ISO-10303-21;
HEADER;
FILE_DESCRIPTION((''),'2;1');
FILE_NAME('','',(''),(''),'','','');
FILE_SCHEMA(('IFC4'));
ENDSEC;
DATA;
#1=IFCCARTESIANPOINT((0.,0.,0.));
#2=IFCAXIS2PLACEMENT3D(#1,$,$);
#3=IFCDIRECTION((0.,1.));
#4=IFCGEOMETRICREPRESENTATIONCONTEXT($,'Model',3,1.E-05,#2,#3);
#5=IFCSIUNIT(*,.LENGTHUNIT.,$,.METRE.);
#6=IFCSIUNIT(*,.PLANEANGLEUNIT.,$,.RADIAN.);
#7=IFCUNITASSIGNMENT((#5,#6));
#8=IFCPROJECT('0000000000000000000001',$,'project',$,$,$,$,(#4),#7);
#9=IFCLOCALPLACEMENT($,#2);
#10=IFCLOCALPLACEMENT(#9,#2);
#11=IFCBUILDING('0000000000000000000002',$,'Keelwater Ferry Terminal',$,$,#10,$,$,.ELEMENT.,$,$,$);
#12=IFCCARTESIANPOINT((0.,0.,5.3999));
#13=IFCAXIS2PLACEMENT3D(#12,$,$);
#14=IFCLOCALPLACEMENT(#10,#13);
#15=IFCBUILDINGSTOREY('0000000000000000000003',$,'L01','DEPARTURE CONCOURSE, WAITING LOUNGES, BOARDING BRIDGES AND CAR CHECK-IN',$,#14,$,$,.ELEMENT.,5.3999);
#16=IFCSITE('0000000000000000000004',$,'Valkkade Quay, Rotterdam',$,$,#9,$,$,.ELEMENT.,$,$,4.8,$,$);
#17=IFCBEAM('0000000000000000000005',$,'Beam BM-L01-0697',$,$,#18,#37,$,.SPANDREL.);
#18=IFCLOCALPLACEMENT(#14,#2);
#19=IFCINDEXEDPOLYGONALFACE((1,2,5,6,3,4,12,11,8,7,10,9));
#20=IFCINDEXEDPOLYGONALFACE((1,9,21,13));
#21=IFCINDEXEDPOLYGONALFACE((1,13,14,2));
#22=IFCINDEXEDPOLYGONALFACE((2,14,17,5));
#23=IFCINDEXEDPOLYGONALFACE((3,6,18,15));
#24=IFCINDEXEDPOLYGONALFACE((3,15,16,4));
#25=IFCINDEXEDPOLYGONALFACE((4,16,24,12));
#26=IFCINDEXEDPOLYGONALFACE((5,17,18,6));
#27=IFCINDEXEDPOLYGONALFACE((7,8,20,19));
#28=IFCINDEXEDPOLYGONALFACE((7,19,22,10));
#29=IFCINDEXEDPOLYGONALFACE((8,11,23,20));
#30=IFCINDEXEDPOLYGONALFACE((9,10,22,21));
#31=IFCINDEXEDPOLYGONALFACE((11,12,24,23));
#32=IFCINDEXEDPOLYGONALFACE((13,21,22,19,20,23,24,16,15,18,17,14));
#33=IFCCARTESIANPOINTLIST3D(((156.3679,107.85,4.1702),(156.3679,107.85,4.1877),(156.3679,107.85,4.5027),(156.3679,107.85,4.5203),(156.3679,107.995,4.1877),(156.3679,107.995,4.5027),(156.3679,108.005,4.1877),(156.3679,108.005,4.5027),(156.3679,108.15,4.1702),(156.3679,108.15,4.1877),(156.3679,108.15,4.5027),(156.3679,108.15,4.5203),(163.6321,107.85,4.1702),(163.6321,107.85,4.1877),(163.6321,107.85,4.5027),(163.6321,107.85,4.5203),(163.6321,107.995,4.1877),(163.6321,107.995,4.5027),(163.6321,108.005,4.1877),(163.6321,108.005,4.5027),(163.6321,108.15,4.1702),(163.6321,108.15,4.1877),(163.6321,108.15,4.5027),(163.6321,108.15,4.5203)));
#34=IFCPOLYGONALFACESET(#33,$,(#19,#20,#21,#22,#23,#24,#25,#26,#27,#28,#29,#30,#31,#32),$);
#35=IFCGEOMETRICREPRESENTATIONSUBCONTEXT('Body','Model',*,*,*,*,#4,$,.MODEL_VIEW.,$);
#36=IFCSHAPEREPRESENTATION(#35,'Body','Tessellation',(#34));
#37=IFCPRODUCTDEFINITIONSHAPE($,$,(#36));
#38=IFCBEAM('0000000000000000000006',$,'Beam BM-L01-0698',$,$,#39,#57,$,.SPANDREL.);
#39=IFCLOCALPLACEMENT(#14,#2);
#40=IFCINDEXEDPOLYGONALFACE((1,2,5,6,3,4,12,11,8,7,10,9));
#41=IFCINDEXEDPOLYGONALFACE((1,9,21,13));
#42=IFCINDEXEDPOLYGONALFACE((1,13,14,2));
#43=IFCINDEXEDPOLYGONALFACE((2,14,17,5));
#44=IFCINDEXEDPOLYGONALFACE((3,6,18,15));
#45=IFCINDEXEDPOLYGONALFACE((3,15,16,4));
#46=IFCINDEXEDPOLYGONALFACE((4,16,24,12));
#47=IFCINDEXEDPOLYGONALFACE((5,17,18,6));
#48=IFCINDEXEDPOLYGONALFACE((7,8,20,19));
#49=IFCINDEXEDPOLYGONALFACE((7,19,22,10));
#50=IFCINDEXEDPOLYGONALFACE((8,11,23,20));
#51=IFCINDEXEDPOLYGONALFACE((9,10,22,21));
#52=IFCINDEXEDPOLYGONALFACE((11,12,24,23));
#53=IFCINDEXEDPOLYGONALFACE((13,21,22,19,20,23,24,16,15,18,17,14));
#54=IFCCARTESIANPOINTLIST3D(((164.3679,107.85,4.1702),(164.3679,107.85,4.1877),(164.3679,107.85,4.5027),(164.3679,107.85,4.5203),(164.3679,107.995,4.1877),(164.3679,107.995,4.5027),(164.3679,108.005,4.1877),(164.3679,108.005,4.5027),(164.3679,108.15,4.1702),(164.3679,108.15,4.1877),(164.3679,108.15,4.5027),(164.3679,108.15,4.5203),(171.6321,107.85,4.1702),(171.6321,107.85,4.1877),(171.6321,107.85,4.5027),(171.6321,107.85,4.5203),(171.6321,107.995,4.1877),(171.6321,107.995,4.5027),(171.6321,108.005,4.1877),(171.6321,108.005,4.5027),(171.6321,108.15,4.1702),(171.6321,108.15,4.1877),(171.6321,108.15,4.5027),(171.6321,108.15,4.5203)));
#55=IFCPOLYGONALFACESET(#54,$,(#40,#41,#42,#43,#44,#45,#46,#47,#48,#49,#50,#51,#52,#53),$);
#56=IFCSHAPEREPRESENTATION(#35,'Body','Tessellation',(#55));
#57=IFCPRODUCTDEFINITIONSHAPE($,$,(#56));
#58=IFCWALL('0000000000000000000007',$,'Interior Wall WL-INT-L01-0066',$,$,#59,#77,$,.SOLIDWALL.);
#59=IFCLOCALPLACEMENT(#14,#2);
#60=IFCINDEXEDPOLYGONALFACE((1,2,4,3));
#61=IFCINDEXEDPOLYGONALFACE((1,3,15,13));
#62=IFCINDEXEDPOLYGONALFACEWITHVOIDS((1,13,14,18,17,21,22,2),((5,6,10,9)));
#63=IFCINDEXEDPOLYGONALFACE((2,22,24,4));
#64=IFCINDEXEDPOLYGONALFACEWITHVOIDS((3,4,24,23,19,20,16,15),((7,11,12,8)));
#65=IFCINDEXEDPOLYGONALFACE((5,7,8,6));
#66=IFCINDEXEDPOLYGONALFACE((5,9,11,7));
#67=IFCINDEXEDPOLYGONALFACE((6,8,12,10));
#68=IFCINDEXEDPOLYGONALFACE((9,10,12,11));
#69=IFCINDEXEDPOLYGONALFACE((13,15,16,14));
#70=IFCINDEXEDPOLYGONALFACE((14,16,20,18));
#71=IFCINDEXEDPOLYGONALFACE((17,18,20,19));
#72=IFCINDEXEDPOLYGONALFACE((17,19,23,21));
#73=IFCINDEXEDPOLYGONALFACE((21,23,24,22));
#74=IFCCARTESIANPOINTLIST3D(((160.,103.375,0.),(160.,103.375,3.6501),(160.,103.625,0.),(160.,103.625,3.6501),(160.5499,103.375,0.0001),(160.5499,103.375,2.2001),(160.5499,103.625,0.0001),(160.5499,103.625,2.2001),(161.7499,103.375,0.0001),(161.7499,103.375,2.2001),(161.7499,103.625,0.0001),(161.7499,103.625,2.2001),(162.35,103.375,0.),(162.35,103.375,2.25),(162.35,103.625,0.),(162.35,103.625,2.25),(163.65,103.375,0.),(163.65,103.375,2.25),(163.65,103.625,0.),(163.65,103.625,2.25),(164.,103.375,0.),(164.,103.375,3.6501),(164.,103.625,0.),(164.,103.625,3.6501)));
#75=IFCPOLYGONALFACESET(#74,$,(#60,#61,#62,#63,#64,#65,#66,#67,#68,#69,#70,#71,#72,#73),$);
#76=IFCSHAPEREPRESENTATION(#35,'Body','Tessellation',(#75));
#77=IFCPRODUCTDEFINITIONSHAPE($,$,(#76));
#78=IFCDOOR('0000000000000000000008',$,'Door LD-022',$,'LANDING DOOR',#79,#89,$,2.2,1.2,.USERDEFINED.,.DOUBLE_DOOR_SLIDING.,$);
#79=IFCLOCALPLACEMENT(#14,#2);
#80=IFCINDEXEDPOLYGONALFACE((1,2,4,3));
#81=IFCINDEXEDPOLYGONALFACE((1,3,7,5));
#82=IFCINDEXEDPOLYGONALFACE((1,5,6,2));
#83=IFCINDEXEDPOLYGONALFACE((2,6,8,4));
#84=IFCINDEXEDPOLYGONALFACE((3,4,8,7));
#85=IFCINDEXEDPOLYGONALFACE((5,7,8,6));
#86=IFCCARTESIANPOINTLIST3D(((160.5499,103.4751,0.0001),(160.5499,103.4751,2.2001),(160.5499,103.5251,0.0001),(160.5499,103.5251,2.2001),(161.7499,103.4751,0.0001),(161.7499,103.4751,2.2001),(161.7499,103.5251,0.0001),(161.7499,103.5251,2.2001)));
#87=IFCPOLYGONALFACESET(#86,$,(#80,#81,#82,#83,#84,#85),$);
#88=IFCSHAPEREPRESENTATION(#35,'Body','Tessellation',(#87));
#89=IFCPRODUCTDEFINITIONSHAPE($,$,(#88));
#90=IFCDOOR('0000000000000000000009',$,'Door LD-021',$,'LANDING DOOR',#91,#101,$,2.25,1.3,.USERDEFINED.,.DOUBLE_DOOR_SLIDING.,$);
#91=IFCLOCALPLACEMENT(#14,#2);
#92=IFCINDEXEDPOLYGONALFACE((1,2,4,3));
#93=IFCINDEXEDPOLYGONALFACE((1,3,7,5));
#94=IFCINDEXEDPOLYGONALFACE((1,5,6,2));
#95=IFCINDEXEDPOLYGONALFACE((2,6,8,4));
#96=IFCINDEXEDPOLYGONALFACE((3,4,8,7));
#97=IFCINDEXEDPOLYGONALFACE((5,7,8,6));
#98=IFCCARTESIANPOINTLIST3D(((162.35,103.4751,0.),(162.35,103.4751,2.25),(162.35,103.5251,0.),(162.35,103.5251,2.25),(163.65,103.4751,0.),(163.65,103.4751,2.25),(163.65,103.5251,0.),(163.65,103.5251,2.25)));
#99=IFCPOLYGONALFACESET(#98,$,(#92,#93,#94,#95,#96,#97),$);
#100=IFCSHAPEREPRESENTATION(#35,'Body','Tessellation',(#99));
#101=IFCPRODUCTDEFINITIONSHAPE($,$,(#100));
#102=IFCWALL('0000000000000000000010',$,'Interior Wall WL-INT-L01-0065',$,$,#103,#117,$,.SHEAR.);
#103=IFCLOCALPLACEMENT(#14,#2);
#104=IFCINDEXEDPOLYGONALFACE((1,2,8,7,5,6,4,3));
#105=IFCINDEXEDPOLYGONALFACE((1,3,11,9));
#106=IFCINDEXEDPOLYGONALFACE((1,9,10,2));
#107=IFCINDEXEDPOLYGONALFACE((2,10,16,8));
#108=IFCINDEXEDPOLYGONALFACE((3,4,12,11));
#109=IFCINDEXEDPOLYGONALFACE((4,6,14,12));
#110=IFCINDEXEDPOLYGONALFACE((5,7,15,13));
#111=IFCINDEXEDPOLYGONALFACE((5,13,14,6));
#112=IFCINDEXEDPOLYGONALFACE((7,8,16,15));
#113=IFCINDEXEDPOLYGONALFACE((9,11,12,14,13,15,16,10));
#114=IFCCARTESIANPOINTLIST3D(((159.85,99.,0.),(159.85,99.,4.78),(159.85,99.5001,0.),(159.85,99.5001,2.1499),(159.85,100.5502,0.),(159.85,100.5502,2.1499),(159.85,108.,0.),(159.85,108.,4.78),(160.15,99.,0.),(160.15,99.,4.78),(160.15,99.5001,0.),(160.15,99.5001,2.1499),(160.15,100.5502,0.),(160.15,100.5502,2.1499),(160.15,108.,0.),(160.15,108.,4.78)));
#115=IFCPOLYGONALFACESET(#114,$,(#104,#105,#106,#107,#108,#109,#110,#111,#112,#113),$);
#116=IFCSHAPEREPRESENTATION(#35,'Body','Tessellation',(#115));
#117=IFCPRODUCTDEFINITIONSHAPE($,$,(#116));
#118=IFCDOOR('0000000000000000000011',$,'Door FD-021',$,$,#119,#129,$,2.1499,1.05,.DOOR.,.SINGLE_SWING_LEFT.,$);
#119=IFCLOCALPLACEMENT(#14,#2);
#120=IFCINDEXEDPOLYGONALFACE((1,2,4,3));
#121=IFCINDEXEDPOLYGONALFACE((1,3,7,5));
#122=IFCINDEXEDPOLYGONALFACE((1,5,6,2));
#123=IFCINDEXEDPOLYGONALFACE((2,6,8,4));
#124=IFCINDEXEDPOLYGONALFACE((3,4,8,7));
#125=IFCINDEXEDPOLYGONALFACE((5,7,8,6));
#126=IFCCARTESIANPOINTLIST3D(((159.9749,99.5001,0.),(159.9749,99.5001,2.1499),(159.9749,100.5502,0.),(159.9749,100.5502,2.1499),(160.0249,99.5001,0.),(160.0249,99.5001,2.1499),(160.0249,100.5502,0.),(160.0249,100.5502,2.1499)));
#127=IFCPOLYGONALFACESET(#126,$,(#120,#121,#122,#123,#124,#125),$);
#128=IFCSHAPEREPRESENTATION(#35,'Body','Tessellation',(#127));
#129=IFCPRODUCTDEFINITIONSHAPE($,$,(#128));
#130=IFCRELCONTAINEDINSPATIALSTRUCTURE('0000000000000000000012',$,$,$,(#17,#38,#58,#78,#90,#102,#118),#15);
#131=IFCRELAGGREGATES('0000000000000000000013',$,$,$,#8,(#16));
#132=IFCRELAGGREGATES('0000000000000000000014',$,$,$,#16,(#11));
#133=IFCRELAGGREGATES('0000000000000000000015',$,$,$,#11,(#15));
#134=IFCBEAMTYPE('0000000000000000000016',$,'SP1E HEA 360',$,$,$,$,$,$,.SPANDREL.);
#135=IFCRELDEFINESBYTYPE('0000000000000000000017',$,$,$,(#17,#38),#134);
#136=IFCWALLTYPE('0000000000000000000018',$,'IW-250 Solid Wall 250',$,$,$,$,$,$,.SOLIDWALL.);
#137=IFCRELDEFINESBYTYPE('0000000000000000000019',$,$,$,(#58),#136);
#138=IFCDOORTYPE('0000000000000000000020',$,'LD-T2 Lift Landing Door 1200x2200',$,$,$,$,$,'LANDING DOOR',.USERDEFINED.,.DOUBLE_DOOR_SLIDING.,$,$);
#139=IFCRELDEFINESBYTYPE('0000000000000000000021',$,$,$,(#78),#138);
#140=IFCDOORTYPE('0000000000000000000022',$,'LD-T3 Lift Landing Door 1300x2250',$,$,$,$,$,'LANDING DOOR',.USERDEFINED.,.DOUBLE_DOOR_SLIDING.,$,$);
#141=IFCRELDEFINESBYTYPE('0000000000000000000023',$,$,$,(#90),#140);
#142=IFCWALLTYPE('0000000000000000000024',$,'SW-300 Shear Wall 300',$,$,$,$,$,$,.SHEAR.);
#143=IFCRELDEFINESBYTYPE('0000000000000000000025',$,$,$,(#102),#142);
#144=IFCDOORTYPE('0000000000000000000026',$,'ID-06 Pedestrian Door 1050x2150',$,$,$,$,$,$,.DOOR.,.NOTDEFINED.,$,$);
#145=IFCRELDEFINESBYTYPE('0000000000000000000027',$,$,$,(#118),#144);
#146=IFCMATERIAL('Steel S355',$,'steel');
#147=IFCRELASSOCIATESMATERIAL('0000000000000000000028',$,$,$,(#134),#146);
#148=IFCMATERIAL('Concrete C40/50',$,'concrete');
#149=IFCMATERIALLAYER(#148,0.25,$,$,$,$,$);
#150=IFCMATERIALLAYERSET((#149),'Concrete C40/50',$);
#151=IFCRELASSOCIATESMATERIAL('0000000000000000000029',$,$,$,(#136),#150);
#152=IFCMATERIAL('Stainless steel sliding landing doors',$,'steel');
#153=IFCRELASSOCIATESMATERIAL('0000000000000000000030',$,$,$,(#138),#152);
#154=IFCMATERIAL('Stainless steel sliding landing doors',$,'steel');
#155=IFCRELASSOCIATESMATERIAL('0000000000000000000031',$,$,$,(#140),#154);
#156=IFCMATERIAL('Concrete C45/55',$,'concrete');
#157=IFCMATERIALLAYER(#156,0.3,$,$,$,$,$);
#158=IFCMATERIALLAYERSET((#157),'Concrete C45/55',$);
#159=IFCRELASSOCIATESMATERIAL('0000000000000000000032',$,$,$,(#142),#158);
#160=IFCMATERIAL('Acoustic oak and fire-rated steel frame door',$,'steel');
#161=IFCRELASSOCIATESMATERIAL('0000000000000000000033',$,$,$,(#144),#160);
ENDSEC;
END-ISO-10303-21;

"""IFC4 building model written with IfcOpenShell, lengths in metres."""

from ifc_helpers import new_model, si_unit, direction, frame, frame_2d, origin, origin_2d, place, context, subcontext, project, spatial, rectangle, i_section, extrude, material, layer, layer_set, material_profile, profile_set, type_object, element, fill, save


model = new_model("IFC4")

# Units and contexts
model_context = context("Model", 3, precision=1e-05, world=origin(), true_north=direction((0.0, 1.0)))
body_context = subcontext(model_context, "Body", "Model", "MODEL_VIEW")
ifc_project = project(units=[si_unit("LENGTHUNIT", "METRE"), si_unit("PLANEANGLEUNIT", "RADIAN")], contexts=[model_context])

# Site, building, storey
site_placement = place(None, origin())
site = spatial("IfcSite", under=ifc_project, at=site_placement, Name="Valkkade Quay, Rotterdam", CompositionType="ELEMENT", RefElevation=4.8)
building_placement = place(site_placement, origin())
building = spatial("IfcBuilding", under=site, at=building_placement, Name="Keelwater Ferry Terminal", CompositionType="ELEMENT")
storey_placement = place(building_placement, frame((0.0, 0.0, 5.3999)))
storey = spatial("IfcBuildingStorey", under=building, at=storey_placement, Name="L01", Description="DEPARTURE CONCOURSE, WAITING LOUNGES, BOARDING BRIDGES AND CAR CHECK-IN", CompositionType="ELEMENT", Elevation=5.3999)

# Beams
ifc_material_1 = material(Name="Steel S355", Category="steel")
ifc_material_profile_1 = material_profile(ifc_material_1, i_section(OverallWidth=0.3, OverallDepth=0.3501, WebThickness=0.01, FlangeThickness=0.0176, at=origin_2d()), Name="HEA 360")
ifc_profile_set_1 = profile_set([ifc_material_profile_1], Name="Steel S355")
beam_type_1 = type_object("IfcBeamType", Name="SP1E HEA 360", PredefinedType="SPANDREL", material=ifc_profile_set_1)
for number, where, z_axis, x_axis, name in (
    (1, (156.3679, 108.0, 4.3452), (1.0, 0.0, 0.0), (0.0, 1.0, 0.0), "Beam BM-L01-0697"),
    (2, (164.3679, 108.0, 4.3452), (1.0, 0.0, 0.0), (0.0, 1.0, 0.0), "Beam BM-L01-0698"),
):
    element("IfcBeam", number, at=place(storey_placement, frame(where, z_axis=z_axis, x_axis=x_axis)), inside=storey, type_object=beam_type_1, Name=name, PredefinedType="SPANDREL", context=body_context, shape_type="SweptSolid", body=[
        extrude(i_section(OverallWidth=0.3, OverallDepth=0.3501, WebThickness=0.01, FlangeThickness=0.0176, at=origin_2d()), origin(), (0.0, 0.0, 1.0), 7.2642),
    ])

# Wall, openings, doors
ifc_material_2 = material(Name="Concrete C40/50", Category="concrete")
ifc_layer_1 = layer(ifc_material_2, 0.25)
ifc_layer_set_1 = layer_set([ifc_layer_1], Name="Concrete C40/50")
wall_type_1 = type_object("IfcWallType", Name="IW-250 Solid Wall 250", PredefinedType="SOLIDWALL", material=ifc_layer_set_1)
wall_1_placement = place(storey_placement, frame((164.0, 103.5, 0.0), z_axis=(0.0, 0.0, 1.0), x_axis=(-1.0, 0.0, 0.0)))
wall_1 = element("IfcWall", 3, at=wall_1_placement, inside=storey, type_object=wall_type_1, Name="Interior Wall WL-INT-L01-0066", PredefinedType="SOLIDWALL", context=body_context, shape_type="SweptSolid", body=[
    extrude(rectangle(XDim=4.0, YDim=0.25, at=frame_2d((2.0, 0.0))), origin(), (0.0, 0.0, 1.0), 3.6501),
])
opening_1_placement = place(wall_1_placement, frame((0.3501, 0.0, 0.0)))
opening_1 = element("IfcOpeningElement", 4, at=opening_1_placement, cuts=wall_1, PredefinedType="OPENING", context=body_context, shape_type="SweptSolid", body=[
    extrude(rectangle(XDim=1.3, YDim=2.25, at=frame_2d((0.6499, 1.125))), frame((0.0, 0.135, 0.0), z_axis=(0.0, -1.0, 0.0), x_axis=(1.0, 0.0, 0.0)), (0.0, 0.0, 1.0), 0.27),
])
opening_2_placement = place(wall_1_placement, frame((2.25, 0.0, 0.0)))
opening_2 = element("IfcOpeningElement", 5, at=opening_2_placement, cuts=wall_1, PredefinedType="OPENING", context=body_context, shape_type="SweptSolid", body=[
    extrude(rectangle(XDim=1.2, YDim=2.2, at=frame_2d((0.6001, 1.1001))), frame((0.0, 0.135, 0.0), z_axis=(0.0, -1.0, 0.0), x_axis=(1.0, 0.0, 0.0)), (0.0, 0.0, 1.0), 0.27),
])
ifc_material_3 = material(Name="Stainless steel sliding landing doors", Category="steel")
door_type_1 = type_object("IfcDoorType", Name="LD-T2 Lift Landing Door 1200x2200", ElementType="LANDING DOOR", OperationType="DOUBLE_DOOR_SLIDING", PredefinedType="USERDEFINED", material=ifc_material_3)
door_1_placement = place(opening_2_placement, origin())
door_1 = element("IfcDoor", 6, at=door_1_placement, inside=storey, type_object=door_type_1, Name="Door LD-022", ObjectType="LANDING DOOR", OperationType="DOUBLE_DOOR_SLIDING", OverallHeight=2.2, OverallWidth=1.2, PredefinedType="USERDEFINED", context=body_context, shape_type="SweptSolid", body=[
    extrude(rectangle(XDim=1.2, YDim=2.2, at=frame_2d((0.6001, 1.1001))), frame((0.0, 0.0249, 0.0), z_axis=(0.0, -1.0, 0.0), x_axis=(1.0, 0.0, 0.0)), (0.0, 0.0, 1.0), 0.05),
])
fill(opening_2, door_1)
ifc_material_4 = material(Name="Stainless steel sliding landing doors", Category="steel")
door_type_2 = type_object("IfcDoorType", Name="LD-T3 Lift Landing Door 1300x2250", ElementType="LANDING DOOR", OperationType="DOUBLE_DOOR_SLIDING", PredefinedType="USERDEFINED", material=ifc_material_4)
door_2_placement = place(opening_1_placement, origin())
door_2 = element("IfcDoor", 7, at=door_2_placement, inside=storey, type_object=door_type_2, Name="Door LD-021", ObjectType="LANDING DOOR", OperationType="DOUBLE_DOOR_SLIDING", OverallHeight=2.25, OverallWidth=1.3, PredefinedType="USERDEFINED", context=body_context, shape_type="SweptSolid", body=[
    extrude(rectangle(XDim=1.3, YDim=2.25, at=frame_2d((0.6499, 1.125))), frame((0.0, 0.0249, 0.0), z_axis=(0.0, -1.0, 0.0), x_axis=(1.0, 0.0, 0.0)), (0.0, 0.0, 1.0), 0.05),
])
fill(opening_1, door_2)

# Wall, opening, door
ifc_material_5 = material(Name="Concrete C45/55", Category="concrete")
ifc_layer_2 = layer(ifc_material_5, 0.3)
ifc_layer_set_2 = layer_set([ifc_layer_2], Name="Concrete C45/55")
wall_type_2 = type_object("IfcWallType", Name="SW-300 Shear Wall 300", PredefinedType="SHEAR", material=ifc_layer_set_2)
wall_2_placement = place(storey_placement, frame((160.0, 108.0, 0.0), z_axis=(0.0, 0.0, 1.0), x_axis=(0.0, -1.0, 0.0)))
wall_2 = element("IfcWall", 8, at=wall_2_placement, inside=storey, type_object=wall_type_2, Name="Interior Wall WL-INT-L01-0065", PredefinedType="SHEAR", context=body_context, shape_type="SweptSolid", body=[
    extrude(rectangle(XDim=9.0, YDim=0.3, at=frame_2d((4.5, 0.0))), origin(), (0.0, 0.0, 1.0), 4.78),
])
opening_3_placement = place(wall_2_placement, frame((7.45, 0.0, 0.0)))
opening_3 = element("IfcOpeningElement", 9, at=opening_3_placement, cuts=wall_2, PredefinedType="OPENING", context=body_context, shape_type="SweptSolid", body=[
    extrude(rectangle(XDim=1.05, YDim=2.1499, at=frame_2d((0.5249, 1.075))), frame((0.0, 0.1599, 0.0), z_axis=(0.0, -1.0, 0.0), x_axis=(1.0, 0.0, 0.0)), (0.0, 0.0, 1.0), 0.3201),
])
ifc_material_6 = material(Name="Acoustic oak and fire-rated steel frame door", Category="steel")
door_type_3 = type_object("IfcDoorType", Name="ID-06 Pedestrian Door 1050x2150", OperationType="NOTDEFINED", PredefinedType="DOOR", material=ifc_material_6)
door_3_placement = place(opening_3_placement, origin())
door_3 = element("IfcDoor", 10, at=door_3_placement, inside=storey, type_object=door_type_3, Name="Door FD-021", OperationType="SINGLE_SWING_LEFT", OverallHeight=2.1499, OverallWidth=1.05, PredefinedType="DOOR", context=body_context, shape_type="SweptSolid", body=[
    extrude(rectangle(XDim=1.05, YDim=2.1499, at=frame_2d((0.5249, 1.075))), frame((0.0, 0.0249, 0.0), z_axis=(0.0, -1.0, 0.0), x_axis=(1.0, 0.0, 0.0)), (0.0, 0.0, 1.0), 0.05),
])
fill(opening_3, door_3)

save(model, "model.ifc")
